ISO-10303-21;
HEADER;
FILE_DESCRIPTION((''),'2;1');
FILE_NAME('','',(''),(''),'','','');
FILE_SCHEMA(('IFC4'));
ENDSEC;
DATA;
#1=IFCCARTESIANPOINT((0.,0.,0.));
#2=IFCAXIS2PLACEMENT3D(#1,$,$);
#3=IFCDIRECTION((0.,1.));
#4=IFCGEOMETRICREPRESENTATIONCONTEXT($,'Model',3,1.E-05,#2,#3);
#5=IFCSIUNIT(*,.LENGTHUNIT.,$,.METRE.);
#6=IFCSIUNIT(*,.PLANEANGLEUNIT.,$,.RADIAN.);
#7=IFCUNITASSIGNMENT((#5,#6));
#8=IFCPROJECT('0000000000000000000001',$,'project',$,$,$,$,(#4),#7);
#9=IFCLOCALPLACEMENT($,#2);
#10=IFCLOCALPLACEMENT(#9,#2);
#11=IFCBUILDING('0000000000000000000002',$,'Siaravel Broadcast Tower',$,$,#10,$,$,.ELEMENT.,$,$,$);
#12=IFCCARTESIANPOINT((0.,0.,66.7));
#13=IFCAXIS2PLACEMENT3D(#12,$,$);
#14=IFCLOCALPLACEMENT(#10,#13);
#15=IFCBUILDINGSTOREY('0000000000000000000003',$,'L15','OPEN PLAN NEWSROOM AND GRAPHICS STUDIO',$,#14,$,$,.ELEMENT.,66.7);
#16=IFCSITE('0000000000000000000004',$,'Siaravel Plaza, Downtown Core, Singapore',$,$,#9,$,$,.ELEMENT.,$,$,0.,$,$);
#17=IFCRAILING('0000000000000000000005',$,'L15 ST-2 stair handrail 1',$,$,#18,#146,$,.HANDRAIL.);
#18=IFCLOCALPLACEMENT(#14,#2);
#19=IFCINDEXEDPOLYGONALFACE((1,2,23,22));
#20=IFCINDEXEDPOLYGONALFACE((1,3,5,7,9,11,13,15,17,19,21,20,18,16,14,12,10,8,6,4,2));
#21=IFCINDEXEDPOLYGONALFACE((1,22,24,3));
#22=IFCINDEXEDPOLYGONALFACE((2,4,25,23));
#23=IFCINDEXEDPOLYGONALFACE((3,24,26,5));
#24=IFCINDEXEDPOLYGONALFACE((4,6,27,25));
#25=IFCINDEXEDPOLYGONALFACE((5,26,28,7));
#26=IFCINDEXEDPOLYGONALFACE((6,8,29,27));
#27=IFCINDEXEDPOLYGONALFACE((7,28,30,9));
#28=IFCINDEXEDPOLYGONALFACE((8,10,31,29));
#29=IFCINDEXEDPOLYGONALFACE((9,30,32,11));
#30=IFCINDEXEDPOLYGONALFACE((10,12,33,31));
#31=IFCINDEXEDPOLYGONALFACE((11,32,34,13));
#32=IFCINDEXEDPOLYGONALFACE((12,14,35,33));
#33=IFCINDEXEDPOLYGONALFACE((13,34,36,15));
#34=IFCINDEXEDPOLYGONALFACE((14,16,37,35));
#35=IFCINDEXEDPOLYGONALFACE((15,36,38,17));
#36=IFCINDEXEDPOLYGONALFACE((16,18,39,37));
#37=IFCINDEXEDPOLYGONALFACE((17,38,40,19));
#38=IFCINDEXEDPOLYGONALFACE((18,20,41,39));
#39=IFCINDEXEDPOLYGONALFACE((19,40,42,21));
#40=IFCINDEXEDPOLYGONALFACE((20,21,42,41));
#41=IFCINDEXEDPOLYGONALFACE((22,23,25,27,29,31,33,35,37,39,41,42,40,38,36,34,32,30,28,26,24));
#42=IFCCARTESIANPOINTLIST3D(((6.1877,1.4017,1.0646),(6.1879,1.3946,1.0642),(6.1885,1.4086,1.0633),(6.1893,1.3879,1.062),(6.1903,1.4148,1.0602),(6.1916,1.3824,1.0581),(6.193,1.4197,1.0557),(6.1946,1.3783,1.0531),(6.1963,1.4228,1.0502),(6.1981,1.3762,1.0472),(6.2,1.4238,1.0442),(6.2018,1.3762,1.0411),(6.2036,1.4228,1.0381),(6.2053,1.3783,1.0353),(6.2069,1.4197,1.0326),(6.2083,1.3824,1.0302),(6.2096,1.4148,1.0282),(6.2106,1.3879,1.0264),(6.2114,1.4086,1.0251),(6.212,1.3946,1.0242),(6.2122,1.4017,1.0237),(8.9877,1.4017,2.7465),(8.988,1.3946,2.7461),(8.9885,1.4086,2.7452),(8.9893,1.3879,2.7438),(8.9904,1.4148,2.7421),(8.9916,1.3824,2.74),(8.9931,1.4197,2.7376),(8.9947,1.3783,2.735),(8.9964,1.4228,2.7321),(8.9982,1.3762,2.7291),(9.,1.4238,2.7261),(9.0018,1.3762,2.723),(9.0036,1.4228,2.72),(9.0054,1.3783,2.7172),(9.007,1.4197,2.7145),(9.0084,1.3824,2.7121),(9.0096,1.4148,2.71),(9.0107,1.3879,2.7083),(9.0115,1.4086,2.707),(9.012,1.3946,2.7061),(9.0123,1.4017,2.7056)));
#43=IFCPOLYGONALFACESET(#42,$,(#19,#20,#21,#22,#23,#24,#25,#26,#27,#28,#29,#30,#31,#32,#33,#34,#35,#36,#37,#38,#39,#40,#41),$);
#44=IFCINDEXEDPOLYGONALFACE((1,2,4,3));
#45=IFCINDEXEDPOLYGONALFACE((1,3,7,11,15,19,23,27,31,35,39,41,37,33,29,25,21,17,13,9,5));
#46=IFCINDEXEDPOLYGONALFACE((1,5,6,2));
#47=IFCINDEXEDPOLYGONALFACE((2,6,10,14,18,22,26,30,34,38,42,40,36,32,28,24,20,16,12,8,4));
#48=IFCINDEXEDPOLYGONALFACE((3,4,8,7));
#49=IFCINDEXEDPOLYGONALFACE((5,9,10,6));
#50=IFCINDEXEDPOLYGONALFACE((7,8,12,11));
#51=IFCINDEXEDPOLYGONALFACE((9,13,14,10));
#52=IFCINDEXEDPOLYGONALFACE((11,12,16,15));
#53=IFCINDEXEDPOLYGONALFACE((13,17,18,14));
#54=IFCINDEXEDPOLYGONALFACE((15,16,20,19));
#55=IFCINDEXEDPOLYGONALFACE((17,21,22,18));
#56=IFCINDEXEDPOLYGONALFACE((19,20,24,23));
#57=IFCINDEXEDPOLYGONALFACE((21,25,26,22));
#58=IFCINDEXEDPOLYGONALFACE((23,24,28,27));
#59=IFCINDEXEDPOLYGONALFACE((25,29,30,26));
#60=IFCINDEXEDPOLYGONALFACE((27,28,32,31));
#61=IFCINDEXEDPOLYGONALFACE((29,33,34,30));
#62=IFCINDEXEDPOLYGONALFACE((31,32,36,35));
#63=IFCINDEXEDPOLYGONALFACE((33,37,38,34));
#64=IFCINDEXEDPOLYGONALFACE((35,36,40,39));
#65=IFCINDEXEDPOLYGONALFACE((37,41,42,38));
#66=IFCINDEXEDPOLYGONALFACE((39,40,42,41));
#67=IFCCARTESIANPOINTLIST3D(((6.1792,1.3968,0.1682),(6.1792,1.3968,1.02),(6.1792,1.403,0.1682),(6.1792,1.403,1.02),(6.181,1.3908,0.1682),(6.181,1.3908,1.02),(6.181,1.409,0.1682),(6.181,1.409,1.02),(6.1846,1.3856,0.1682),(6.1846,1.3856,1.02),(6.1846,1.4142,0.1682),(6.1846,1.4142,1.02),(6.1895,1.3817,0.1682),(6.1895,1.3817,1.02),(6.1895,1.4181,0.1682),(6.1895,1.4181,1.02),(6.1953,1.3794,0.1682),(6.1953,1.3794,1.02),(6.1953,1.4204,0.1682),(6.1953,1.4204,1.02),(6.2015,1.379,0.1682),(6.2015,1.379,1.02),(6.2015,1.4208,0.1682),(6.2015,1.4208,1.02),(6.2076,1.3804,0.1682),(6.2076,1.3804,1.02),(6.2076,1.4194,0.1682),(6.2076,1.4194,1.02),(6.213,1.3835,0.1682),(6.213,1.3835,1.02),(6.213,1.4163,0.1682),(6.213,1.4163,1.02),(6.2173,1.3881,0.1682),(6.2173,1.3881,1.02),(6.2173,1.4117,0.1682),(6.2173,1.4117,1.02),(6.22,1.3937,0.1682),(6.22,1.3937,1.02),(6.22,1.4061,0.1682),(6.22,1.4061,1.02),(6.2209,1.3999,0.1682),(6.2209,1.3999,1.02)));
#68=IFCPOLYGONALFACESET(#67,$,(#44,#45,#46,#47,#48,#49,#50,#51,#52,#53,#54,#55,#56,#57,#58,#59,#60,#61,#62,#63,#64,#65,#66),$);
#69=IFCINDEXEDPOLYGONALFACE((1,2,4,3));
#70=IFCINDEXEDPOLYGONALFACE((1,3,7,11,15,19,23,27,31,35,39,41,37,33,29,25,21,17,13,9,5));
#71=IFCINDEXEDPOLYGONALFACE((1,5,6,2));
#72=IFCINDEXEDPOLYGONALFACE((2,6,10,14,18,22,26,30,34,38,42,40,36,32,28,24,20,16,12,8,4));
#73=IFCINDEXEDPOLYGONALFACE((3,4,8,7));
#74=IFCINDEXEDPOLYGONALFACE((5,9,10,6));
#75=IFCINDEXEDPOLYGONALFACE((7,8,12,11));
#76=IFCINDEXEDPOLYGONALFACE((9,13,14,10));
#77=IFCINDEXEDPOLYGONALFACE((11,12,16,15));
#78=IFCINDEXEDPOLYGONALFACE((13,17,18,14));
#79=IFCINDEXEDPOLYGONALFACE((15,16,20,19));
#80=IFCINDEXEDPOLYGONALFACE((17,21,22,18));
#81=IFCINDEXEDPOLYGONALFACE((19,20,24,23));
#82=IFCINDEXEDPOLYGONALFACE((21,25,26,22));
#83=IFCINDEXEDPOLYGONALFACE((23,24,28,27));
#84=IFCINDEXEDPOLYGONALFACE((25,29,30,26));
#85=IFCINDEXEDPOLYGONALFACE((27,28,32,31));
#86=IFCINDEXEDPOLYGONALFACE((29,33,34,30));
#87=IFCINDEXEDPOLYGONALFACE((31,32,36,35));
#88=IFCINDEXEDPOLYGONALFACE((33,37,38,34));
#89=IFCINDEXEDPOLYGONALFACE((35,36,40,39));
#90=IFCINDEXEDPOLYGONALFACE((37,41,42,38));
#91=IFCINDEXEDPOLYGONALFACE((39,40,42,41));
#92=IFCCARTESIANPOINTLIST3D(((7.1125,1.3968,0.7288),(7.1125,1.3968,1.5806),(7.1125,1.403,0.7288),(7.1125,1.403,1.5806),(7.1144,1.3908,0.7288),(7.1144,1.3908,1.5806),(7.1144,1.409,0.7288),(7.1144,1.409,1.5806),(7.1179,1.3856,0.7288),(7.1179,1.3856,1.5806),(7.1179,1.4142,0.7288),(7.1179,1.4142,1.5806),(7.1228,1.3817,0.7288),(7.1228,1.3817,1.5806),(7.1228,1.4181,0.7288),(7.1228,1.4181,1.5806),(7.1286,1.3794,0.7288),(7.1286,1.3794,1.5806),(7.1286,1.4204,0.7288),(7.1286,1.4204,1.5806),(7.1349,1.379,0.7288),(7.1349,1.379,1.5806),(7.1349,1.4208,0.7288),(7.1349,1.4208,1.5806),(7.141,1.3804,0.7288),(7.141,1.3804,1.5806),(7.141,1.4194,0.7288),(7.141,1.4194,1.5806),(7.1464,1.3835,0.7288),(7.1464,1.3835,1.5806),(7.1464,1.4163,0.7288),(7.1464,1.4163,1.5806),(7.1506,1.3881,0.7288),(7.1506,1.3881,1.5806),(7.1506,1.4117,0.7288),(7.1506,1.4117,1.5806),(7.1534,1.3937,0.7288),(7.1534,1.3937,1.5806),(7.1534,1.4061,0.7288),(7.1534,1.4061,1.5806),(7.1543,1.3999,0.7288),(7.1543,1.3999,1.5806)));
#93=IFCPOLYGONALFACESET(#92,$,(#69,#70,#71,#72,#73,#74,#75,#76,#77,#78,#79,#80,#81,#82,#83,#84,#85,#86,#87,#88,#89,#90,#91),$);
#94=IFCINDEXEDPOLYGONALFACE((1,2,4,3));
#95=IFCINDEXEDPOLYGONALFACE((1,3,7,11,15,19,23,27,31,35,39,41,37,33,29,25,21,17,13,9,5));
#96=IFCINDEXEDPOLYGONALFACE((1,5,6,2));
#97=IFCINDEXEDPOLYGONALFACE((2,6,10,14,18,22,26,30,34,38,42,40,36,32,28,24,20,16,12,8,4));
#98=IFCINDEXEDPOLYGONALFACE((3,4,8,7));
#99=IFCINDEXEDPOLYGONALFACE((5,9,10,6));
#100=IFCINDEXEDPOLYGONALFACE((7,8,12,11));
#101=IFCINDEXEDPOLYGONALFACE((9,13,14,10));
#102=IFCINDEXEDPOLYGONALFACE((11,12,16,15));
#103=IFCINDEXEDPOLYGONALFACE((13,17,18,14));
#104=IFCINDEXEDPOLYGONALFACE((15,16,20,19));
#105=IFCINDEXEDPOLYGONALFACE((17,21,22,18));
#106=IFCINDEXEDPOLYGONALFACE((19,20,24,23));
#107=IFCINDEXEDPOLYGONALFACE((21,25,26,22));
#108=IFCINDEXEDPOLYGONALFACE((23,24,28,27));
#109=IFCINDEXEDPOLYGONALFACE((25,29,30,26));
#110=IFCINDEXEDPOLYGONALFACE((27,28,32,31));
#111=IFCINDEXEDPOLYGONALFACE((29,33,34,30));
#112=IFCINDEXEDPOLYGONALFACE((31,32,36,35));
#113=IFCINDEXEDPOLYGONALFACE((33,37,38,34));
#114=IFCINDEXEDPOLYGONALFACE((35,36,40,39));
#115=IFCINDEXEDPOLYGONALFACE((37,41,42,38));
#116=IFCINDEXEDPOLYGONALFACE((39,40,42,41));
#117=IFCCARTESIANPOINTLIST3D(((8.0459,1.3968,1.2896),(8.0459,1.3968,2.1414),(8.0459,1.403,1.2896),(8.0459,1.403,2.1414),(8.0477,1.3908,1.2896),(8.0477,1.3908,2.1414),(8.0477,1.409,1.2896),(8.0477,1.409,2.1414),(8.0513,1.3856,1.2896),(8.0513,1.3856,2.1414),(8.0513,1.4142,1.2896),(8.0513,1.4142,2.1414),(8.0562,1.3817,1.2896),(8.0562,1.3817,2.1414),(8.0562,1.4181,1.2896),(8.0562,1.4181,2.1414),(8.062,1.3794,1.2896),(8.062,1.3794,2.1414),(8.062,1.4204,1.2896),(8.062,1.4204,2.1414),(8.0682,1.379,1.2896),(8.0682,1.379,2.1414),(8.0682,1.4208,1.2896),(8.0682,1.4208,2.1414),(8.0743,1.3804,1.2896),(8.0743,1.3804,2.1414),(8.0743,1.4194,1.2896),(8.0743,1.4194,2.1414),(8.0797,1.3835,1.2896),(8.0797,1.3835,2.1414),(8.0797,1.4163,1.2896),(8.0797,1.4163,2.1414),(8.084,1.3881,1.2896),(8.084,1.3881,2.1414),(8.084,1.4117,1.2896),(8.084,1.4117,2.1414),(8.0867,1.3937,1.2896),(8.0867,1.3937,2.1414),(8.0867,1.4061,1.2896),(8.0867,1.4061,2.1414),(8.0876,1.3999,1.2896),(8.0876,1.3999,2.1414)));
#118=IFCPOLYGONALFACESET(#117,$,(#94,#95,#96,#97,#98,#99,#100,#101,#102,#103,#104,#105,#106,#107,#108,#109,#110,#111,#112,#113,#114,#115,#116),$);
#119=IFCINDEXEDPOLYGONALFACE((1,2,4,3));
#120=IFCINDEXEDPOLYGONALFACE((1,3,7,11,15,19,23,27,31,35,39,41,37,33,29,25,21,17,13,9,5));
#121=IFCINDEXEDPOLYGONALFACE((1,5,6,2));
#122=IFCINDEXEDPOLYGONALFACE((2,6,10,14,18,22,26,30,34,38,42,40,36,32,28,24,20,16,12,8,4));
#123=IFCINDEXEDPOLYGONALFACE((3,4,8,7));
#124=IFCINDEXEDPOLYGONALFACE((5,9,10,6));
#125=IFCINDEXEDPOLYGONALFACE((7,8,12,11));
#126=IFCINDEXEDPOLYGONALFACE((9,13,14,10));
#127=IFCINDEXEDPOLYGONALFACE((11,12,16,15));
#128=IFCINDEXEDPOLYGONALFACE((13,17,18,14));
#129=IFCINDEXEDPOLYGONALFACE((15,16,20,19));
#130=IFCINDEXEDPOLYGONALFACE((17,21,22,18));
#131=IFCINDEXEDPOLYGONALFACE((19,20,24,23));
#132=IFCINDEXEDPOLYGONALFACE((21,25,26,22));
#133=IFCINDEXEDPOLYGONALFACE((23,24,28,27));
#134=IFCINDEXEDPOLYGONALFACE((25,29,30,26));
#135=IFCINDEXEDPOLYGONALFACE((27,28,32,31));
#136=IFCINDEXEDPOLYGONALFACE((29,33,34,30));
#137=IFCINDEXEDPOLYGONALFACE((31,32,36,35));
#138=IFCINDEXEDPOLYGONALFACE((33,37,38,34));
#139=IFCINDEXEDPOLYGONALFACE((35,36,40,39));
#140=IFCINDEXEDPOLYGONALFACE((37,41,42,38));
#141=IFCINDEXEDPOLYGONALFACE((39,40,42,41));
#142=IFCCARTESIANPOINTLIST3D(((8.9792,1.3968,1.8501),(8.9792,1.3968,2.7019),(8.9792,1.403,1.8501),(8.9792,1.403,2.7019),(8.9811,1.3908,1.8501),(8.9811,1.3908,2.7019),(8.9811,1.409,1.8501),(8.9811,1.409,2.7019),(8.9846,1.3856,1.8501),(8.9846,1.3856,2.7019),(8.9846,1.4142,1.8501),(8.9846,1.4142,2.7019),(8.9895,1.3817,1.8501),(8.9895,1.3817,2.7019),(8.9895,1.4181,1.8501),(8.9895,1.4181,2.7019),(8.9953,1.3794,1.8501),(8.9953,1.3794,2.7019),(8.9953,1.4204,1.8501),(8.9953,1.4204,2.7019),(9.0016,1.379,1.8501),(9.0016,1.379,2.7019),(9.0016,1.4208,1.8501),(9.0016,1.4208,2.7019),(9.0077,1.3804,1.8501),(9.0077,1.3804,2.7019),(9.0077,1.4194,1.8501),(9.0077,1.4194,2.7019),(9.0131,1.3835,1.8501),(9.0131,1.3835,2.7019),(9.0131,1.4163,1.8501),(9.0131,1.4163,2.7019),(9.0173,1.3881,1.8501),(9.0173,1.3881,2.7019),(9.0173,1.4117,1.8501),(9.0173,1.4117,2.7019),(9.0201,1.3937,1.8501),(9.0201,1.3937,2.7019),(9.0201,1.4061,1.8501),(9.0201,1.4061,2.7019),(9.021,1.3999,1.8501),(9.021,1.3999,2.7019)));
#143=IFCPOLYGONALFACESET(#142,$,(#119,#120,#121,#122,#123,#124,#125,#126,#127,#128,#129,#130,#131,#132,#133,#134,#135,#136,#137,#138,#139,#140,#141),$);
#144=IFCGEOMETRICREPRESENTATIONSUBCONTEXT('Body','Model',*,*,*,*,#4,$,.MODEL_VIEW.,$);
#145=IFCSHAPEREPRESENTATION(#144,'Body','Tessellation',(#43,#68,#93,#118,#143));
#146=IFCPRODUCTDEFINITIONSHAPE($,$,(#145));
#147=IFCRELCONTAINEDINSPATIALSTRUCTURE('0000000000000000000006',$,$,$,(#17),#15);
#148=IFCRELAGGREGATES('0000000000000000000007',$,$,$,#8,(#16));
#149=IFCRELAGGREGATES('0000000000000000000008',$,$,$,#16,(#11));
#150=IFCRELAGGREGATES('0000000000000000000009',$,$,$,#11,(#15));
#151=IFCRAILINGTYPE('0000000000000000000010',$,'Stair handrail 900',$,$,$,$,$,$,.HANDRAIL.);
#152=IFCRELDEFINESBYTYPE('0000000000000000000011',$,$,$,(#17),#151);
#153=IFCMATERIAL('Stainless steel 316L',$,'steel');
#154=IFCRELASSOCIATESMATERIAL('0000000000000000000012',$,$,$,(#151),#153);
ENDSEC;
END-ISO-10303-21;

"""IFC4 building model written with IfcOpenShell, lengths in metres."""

from ifc_helpers import new_model, si_unit, direction, frame, origin, origin_2d, place, context, subcontext, project, spatial, circle, extrude, material, type_object, element, save


model = new_model("IFC4")

# Units and contexts
model_context = context("Model", 3, precision=1e-05, world=origin(), true_north=direction((0.0, 1.0)))
body_context = subcontext(model_context, "Body", "Model", "MODEL_VIEW")
ifc_project = project(units=[si_unit("LENGTHUNIT", "METRE"), si_unit("PLANEANGLEUNIT", "RADIAN")], contexts=[model_context])

# Site, building, storey
site_placement = place(None, origin())
site = spatial("IfcSite", under=ifc_project, at=site_placement, Name="Siaravel Plaza, Downtown Core, Singapore", CompositionType="ELEMENT", RefElevation=0.0)
building_placement = place(site_placement, origin())
building = spatial("IfcBuilding", under=site, at=building_placement, Name="Siaravel Broadcast Tower", CompositionType="ELEMENT")
storey_placement = place(building_placement, frame((0.0, 0.0, 66.7)))
storey = spatial("IfcBuildingStorey", under=building, at=storey_placement, Name="L15", Description="OPEN PLAN NEWSROOM AND GRAPHICS STUDIO", CompositionType="ELEMENT", Elevation=66.7)

# Railing
ifc_material_1 = material(Name="Stainless steel 316L", Category="steel")
railing_type_1 = type_object("IfcRailingType", Name="Stair handrail 900", PredefinedType="HANDRAIL", material=ifc_material_1)
railing_1_placement = place(storey_placement, frame((6.2, 1.3999, 0.1682)))
element("IfcRailing", 1, at=railing_1_placement, inside=storey, type_object=railing_type_1, Name="L15 ST-2 stair handrail 1", PredefinedType="HANDRAIL", context=body_context, shape_type="SweptSolid", body=[
    extrude(circle(Radius=0.0239, at=origin_2d()), frame((0.0, 0.0, 0.876), z_axis=(0.857242, 0.0, 0.514913), x_axis=(0.0, 1.0, 0.0)), (0.0, 0.0, 1.0), 3.2664),
    extrude(circle(Radius=0.021, at=origin_2d()), origin(), (0.0, 0.0, 1.0), 0.8518),
    extrude(circle(Radius=0.021, at=origin_2d()), frame((0.9333, 0.0, 0.5605)), (0.0, 0.0, 1.0), 0.8518),
    extrude(circle(Radius=0.021, at=origin_2d()), frame((1.8667, 0.0, 1.1213)), (0.0, 0.0, 1.0), 0.8518),
    extrude(circle(Radius=0.021, at=origin_2d()), frame((2.8, 0.0, 1.6819)), (0.0, 0.0, 1.0), 0.8518),
])

save(model, "model.ifc")
